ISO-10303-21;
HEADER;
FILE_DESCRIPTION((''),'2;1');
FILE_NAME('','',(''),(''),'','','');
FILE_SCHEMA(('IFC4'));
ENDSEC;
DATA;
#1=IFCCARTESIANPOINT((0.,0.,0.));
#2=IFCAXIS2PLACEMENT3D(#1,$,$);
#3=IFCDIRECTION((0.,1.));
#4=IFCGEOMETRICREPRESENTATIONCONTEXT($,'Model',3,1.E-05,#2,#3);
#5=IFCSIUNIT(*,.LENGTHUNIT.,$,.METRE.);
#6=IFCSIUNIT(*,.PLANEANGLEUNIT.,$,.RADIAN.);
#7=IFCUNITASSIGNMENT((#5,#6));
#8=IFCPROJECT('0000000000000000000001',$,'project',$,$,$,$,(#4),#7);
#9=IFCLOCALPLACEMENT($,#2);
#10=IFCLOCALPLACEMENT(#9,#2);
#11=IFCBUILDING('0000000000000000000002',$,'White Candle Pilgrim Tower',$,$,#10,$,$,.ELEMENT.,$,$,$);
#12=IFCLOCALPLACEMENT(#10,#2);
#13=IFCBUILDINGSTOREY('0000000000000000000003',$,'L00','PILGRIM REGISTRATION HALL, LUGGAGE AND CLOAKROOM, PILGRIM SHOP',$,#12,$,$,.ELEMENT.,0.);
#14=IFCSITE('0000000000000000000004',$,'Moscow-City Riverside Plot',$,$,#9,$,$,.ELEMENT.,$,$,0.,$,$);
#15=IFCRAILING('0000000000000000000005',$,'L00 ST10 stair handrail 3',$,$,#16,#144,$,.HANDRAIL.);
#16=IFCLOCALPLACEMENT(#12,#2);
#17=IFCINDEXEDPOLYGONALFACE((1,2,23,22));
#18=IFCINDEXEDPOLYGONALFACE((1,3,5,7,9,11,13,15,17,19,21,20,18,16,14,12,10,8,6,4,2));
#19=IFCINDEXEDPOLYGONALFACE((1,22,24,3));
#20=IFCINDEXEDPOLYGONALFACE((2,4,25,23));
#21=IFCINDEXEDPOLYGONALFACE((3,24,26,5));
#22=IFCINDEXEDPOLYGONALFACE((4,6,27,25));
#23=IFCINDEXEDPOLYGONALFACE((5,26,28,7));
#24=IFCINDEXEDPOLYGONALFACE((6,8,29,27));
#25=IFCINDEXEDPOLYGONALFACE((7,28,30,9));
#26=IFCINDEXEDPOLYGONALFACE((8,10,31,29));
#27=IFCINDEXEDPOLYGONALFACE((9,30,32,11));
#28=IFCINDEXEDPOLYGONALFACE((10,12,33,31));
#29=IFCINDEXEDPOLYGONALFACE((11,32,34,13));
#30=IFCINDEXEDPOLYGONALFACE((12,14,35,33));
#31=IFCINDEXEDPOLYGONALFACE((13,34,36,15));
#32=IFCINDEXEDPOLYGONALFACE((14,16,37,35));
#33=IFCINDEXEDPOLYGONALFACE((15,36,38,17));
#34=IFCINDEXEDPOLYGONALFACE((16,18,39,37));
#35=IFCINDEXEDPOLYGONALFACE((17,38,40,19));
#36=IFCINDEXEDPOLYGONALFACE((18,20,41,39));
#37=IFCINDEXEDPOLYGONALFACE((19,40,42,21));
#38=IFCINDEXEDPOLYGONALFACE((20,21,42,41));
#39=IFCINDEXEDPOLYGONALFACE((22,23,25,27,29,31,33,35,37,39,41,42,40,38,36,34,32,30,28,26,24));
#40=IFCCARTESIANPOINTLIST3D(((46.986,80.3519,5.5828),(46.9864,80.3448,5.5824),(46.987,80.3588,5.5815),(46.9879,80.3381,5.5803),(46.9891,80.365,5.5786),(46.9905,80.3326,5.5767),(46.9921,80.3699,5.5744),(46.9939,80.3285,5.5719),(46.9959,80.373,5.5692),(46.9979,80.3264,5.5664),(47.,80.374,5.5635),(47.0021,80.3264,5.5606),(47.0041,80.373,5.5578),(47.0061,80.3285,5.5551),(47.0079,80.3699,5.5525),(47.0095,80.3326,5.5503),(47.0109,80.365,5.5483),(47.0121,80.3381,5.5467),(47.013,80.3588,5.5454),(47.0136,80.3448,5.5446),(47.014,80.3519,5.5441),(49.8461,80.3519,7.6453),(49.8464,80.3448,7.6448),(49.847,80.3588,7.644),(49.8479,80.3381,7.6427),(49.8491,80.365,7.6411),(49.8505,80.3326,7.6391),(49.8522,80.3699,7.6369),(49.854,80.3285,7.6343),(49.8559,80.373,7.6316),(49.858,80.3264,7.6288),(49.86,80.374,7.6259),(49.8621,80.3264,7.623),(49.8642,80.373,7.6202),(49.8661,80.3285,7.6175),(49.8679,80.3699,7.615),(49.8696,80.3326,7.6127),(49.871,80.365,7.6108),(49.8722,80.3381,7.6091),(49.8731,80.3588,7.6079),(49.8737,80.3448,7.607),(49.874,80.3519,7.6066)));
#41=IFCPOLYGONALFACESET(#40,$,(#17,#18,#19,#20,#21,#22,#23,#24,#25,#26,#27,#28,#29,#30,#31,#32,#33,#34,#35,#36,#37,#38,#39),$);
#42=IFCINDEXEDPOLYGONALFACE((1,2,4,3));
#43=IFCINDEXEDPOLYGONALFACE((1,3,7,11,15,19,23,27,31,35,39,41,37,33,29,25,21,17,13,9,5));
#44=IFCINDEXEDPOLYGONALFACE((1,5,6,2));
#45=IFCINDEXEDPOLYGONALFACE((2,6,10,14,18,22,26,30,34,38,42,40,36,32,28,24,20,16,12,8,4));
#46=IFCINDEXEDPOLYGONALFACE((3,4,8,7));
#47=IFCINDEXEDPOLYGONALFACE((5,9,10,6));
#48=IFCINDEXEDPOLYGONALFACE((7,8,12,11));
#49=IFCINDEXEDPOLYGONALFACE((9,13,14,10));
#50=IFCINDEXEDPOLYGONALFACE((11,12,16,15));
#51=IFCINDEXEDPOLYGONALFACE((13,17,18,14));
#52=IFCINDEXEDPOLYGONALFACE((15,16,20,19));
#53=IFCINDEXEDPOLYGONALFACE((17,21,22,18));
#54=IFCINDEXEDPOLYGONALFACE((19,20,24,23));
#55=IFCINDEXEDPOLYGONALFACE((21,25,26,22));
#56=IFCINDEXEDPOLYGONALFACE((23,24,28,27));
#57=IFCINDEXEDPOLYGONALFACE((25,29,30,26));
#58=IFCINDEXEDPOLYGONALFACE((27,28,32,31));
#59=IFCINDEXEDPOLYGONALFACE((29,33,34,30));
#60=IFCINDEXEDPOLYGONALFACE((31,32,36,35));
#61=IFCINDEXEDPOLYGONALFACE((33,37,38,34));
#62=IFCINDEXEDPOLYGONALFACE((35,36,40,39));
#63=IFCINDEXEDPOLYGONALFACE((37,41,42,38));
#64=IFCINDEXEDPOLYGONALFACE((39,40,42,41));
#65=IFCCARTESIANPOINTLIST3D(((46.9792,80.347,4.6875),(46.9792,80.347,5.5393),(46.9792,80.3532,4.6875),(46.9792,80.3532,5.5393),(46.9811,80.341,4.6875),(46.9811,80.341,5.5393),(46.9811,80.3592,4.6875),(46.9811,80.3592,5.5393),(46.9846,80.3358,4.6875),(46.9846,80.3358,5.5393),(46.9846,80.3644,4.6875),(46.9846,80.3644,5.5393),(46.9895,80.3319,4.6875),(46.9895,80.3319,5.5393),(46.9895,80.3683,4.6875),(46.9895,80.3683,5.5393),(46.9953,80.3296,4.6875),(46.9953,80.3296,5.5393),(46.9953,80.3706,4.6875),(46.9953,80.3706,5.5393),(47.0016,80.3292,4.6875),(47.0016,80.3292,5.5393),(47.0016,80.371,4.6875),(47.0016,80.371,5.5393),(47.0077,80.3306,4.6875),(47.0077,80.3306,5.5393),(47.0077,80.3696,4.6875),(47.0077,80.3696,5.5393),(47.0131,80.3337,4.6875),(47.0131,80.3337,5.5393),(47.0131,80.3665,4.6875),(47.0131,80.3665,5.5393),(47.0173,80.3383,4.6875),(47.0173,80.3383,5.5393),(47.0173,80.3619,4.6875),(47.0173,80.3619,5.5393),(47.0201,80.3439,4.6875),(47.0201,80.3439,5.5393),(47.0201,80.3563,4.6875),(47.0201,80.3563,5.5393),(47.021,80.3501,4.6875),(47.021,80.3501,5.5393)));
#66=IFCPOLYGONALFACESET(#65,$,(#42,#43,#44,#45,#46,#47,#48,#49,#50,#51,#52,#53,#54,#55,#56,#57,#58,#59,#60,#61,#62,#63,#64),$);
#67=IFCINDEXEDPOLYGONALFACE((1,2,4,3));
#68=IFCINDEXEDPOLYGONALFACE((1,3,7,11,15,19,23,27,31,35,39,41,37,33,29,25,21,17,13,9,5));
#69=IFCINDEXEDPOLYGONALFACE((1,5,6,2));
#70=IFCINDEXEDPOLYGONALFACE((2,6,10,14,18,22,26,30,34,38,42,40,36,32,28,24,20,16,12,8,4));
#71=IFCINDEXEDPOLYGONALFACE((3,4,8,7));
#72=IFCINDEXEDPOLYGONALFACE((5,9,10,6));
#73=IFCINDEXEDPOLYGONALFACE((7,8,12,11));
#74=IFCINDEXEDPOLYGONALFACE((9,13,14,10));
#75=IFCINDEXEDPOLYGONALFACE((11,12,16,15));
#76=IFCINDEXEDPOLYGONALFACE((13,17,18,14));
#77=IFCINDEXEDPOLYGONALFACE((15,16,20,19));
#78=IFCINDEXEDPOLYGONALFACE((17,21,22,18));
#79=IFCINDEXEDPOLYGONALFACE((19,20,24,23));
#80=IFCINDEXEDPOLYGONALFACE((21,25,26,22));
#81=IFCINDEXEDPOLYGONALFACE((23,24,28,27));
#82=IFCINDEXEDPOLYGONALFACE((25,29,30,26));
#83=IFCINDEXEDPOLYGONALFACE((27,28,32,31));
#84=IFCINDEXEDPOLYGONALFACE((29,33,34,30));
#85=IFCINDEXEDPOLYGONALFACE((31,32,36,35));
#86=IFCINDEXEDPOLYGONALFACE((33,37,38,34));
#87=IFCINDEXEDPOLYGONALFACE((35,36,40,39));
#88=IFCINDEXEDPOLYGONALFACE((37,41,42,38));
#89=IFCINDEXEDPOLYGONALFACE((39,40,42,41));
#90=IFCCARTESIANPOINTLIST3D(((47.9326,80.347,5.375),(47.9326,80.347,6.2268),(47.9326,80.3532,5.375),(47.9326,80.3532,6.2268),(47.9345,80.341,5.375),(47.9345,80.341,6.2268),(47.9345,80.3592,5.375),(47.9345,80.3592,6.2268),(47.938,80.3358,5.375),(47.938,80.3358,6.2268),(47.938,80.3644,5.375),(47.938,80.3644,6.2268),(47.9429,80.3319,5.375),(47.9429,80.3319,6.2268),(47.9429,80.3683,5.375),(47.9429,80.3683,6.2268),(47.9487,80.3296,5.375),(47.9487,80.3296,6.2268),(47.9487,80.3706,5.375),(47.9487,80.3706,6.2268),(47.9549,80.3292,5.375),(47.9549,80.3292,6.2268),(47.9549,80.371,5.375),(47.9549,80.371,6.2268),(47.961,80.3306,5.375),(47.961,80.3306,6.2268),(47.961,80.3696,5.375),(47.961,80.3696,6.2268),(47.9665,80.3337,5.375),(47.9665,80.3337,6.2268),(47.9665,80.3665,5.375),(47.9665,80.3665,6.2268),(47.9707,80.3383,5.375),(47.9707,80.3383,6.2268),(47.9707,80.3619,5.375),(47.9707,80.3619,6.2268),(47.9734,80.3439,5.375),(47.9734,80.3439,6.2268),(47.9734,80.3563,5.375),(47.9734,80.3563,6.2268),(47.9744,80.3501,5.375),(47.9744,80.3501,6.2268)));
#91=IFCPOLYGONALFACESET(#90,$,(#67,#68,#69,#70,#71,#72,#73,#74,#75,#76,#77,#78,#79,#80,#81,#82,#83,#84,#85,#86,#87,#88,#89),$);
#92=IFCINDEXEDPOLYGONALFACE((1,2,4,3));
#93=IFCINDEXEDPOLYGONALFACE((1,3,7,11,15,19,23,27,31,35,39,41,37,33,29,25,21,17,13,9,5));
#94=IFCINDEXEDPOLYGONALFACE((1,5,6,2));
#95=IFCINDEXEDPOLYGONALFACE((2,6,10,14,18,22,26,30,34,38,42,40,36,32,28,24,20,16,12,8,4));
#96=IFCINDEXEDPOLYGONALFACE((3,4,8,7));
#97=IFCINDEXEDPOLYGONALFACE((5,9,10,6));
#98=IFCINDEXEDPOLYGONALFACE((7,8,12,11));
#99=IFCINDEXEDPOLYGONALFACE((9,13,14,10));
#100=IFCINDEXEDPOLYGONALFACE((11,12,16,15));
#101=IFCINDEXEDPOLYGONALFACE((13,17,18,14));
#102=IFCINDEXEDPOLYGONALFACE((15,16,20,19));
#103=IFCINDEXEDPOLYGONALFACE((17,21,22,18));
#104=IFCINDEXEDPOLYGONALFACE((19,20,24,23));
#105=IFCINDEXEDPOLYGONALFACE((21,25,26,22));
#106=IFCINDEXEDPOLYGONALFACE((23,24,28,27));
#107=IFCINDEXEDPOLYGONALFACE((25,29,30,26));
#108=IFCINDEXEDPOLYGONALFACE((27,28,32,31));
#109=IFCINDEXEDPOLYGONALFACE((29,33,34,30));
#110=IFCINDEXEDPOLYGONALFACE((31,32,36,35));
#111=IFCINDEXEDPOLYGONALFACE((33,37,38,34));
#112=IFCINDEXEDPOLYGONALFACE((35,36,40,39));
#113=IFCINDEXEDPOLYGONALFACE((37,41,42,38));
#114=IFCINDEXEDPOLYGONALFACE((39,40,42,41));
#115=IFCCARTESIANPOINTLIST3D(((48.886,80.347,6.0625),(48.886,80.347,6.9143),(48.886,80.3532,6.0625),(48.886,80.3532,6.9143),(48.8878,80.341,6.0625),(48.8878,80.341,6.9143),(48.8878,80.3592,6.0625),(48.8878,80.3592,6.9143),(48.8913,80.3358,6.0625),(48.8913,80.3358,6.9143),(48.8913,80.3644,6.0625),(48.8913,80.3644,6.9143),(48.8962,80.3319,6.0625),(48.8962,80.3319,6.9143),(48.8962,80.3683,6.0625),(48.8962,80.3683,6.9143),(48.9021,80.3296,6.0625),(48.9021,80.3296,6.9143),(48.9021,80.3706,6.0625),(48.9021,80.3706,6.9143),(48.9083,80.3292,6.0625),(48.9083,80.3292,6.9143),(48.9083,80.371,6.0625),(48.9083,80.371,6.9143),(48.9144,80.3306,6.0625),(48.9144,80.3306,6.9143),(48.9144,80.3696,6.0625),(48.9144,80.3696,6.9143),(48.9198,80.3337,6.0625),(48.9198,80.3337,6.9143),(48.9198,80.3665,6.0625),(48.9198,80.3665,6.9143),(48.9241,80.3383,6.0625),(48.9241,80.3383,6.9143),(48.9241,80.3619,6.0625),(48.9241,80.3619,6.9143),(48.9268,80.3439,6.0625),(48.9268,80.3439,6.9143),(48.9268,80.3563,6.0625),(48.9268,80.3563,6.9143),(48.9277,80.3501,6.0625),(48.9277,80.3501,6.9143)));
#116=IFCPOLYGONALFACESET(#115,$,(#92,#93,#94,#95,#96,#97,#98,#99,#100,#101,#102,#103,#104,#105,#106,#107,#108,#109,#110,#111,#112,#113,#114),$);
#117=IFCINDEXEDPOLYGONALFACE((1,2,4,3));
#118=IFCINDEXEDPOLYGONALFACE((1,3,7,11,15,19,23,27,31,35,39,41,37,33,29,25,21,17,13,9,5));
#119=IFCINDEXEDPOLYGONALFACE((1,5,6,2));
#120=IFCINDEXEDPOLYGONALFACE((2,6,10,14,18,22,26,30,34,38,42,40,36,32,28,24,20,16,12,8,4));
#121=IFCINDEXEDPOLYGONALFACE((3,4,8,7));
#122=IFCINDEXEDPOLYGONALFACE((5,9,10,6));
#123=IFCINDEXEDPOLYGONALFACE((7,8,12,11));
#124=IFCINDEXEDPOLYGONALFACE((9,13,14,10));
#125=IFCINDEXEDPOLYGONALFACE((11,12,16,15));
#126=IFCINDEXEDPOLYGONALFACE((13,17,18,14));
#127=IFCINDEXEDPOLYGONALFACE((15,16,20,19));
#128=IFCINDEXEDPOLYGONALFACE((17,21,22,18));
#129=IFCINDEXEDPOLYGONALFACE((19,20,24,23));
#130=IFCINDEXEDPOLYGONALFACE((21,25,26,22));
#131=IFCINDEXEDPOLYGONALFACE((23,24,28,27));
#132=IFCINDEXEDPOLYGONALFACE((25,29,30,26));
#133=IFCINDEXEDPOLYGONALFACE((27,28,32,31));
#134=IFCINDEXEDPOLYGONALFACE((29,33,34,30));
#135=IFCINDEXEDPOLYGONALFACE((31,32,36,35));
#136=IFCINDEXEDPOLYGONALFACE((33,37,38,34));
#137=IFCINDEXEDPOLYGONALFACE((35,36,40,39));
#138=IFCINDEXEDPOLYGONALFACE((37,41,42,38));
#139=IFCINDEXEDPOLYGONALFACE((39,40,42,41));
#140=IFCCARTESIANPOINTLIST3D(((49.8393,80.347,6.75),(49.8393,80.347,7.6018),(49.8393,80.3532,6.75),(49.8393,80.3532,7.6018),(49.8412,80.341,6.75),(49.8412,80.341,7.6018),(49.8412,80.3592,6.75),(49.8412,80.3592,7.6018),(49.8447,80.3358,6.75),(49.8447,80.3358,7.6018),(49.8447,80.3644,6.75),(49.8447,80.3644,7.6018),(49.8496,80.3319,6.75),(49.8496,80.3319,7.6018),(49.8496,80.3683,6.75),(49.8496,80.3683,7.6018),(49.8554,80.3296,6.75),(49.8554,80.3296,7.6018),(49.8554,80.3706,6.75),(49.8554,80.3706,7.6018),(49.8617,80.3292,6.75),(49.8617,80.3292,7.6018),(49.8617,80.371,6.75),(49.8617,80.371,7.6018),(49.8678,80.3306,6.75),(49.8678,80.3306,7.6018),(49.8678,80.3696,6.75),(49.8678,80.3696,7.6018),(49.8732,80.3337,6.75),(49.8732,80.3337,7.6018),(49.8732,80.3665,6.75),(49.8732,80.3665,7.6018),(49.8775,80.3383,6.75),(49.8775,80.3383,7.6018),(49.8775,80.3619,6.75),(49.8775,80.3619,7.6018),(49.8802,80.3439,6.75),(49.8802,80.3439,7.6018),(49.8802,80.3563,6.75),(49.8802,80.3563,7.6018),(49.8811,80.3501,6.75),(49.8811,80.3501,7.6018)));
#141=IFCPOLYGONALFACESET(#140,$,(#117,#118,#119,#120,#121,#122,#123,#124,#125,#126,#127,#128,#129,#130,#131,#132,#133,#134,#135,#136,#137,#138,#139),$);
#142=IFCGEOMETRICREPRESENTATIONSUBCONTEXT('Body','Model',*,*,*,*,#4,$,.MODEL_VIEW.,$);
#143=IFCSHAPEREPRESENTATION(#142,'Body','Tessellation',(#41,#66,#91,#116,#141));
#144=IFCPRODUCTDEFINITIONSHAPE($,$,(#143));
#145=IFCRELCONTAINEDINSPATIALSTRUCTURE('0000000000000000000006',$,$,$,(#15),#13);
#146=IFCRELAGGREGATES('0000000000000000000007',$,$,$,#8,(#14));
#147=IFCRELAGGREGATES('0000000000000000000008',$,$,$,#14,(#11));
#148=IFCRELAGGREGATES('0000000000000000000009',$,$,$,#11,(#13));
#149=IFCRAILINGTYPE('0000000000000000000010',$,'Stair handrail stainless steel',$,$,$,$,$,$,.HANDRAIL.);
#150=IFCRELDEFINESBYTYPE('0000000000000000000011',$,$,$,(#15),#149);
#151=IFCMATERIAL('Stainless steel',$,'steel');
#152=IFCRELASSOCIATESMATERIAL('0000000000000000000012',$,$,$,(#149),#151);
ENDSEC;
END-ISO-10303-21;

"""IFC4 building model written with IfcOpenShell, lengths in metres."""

from ifc_helpers import new_model, si_unit, direction, frame, origin, origin_2d, place, context, subcontext, project, spatial, circle, extrude, material, type_object, element, save


model = new_model("IFC4")

# Units and contexts
model_context = context("Model", 3, precision=1e-05, world=origin(), true_north=direction((0.0, 1.0)))
body_context = subcontext(model_context, "Body", "Model", "MODEL_VIEW")
ifc_project = project(units=[si_unit("LENGTHUNIT", "METRE"), si_unit("PLANEANGLEUNIT", "RADIAN")], contexts=[model_context])

# Site, building, storey
site_placement = place(None, origin())
site = spatial("IfcSite", under=ifc_project, at=site_placement, Name="Moscow-City Riverside Plot", CompositionType="ELEMENT", RefElevation=0.0)
building_placement = place(site_placement, origin())
building = spatial("IfcBuilding", under=site, at=building_placement, Name="White Candle Pilgrim Tower", CompositionType="ELEMENT")
storey_placement = place(building_placement, origin())
storey = spatial("IfcBuildingStorey", under=building, at=storey_placement, Name="L00", Description="PILGRIM REGISTRATION HALL, LUGGAGE AND CLOAKROOM, PILGRIM SHOP", CompositionType="ELEMENT", Elevation=0.0)

# Railing
ifc_material_1 = material(Name="Stainless steel", Category="steel")
railing_type_1 = type_object("IfcRailingType", Name="Stair handrail stainless steel", PredefinedType="HANDRAIL", material=ifc_material_1)
for number, where, name in (
    (1, (47.0, 80.3501, 4.6875), "L00 ST10 stair handrail 3"),
):
    element("IfcRailing", number, at=place(storey_placement, frame(where)), inside=storey, type_object=railing_type_1, Name=name, PredefinedType="HANDRAIL", context=body_context, shape_type="SweptSolid", body=[
        extrude(circle(Radius=0.0239, at=origin_2d()), frame((0.0, 0.0, 0.876), z_axis=(0.811101, 0.0, 0.584906), x_axis=(0.0, 1.0, 0.0)), (0.0, 0.0, 1.0), 3.5261),
        extrude(circle(Radius=0.021, at=origin_2d()), origin(), (0.0, 0.0, 1.0), 0.8518),
        extrude(circle(Radius=0.021, at=origin_2d()), frame((0.9534, 0.0, 0.6875)), (0.0, 0.0, 1.0), 0.8518),
        extrude(circle(Radius=0.021, at=origin_2d()), frame((1.9067, 0.0, 1.375)), (0.0, 0.0, 1.0), 0.8518),
        extrude(circle(Radius=0.021, at=origin_2d()), frame((2.8601, 0.0, 2.0625)), (0.0, 0.0, 1.0), 0.8518),
    ])

save(model, "model.ifc")
